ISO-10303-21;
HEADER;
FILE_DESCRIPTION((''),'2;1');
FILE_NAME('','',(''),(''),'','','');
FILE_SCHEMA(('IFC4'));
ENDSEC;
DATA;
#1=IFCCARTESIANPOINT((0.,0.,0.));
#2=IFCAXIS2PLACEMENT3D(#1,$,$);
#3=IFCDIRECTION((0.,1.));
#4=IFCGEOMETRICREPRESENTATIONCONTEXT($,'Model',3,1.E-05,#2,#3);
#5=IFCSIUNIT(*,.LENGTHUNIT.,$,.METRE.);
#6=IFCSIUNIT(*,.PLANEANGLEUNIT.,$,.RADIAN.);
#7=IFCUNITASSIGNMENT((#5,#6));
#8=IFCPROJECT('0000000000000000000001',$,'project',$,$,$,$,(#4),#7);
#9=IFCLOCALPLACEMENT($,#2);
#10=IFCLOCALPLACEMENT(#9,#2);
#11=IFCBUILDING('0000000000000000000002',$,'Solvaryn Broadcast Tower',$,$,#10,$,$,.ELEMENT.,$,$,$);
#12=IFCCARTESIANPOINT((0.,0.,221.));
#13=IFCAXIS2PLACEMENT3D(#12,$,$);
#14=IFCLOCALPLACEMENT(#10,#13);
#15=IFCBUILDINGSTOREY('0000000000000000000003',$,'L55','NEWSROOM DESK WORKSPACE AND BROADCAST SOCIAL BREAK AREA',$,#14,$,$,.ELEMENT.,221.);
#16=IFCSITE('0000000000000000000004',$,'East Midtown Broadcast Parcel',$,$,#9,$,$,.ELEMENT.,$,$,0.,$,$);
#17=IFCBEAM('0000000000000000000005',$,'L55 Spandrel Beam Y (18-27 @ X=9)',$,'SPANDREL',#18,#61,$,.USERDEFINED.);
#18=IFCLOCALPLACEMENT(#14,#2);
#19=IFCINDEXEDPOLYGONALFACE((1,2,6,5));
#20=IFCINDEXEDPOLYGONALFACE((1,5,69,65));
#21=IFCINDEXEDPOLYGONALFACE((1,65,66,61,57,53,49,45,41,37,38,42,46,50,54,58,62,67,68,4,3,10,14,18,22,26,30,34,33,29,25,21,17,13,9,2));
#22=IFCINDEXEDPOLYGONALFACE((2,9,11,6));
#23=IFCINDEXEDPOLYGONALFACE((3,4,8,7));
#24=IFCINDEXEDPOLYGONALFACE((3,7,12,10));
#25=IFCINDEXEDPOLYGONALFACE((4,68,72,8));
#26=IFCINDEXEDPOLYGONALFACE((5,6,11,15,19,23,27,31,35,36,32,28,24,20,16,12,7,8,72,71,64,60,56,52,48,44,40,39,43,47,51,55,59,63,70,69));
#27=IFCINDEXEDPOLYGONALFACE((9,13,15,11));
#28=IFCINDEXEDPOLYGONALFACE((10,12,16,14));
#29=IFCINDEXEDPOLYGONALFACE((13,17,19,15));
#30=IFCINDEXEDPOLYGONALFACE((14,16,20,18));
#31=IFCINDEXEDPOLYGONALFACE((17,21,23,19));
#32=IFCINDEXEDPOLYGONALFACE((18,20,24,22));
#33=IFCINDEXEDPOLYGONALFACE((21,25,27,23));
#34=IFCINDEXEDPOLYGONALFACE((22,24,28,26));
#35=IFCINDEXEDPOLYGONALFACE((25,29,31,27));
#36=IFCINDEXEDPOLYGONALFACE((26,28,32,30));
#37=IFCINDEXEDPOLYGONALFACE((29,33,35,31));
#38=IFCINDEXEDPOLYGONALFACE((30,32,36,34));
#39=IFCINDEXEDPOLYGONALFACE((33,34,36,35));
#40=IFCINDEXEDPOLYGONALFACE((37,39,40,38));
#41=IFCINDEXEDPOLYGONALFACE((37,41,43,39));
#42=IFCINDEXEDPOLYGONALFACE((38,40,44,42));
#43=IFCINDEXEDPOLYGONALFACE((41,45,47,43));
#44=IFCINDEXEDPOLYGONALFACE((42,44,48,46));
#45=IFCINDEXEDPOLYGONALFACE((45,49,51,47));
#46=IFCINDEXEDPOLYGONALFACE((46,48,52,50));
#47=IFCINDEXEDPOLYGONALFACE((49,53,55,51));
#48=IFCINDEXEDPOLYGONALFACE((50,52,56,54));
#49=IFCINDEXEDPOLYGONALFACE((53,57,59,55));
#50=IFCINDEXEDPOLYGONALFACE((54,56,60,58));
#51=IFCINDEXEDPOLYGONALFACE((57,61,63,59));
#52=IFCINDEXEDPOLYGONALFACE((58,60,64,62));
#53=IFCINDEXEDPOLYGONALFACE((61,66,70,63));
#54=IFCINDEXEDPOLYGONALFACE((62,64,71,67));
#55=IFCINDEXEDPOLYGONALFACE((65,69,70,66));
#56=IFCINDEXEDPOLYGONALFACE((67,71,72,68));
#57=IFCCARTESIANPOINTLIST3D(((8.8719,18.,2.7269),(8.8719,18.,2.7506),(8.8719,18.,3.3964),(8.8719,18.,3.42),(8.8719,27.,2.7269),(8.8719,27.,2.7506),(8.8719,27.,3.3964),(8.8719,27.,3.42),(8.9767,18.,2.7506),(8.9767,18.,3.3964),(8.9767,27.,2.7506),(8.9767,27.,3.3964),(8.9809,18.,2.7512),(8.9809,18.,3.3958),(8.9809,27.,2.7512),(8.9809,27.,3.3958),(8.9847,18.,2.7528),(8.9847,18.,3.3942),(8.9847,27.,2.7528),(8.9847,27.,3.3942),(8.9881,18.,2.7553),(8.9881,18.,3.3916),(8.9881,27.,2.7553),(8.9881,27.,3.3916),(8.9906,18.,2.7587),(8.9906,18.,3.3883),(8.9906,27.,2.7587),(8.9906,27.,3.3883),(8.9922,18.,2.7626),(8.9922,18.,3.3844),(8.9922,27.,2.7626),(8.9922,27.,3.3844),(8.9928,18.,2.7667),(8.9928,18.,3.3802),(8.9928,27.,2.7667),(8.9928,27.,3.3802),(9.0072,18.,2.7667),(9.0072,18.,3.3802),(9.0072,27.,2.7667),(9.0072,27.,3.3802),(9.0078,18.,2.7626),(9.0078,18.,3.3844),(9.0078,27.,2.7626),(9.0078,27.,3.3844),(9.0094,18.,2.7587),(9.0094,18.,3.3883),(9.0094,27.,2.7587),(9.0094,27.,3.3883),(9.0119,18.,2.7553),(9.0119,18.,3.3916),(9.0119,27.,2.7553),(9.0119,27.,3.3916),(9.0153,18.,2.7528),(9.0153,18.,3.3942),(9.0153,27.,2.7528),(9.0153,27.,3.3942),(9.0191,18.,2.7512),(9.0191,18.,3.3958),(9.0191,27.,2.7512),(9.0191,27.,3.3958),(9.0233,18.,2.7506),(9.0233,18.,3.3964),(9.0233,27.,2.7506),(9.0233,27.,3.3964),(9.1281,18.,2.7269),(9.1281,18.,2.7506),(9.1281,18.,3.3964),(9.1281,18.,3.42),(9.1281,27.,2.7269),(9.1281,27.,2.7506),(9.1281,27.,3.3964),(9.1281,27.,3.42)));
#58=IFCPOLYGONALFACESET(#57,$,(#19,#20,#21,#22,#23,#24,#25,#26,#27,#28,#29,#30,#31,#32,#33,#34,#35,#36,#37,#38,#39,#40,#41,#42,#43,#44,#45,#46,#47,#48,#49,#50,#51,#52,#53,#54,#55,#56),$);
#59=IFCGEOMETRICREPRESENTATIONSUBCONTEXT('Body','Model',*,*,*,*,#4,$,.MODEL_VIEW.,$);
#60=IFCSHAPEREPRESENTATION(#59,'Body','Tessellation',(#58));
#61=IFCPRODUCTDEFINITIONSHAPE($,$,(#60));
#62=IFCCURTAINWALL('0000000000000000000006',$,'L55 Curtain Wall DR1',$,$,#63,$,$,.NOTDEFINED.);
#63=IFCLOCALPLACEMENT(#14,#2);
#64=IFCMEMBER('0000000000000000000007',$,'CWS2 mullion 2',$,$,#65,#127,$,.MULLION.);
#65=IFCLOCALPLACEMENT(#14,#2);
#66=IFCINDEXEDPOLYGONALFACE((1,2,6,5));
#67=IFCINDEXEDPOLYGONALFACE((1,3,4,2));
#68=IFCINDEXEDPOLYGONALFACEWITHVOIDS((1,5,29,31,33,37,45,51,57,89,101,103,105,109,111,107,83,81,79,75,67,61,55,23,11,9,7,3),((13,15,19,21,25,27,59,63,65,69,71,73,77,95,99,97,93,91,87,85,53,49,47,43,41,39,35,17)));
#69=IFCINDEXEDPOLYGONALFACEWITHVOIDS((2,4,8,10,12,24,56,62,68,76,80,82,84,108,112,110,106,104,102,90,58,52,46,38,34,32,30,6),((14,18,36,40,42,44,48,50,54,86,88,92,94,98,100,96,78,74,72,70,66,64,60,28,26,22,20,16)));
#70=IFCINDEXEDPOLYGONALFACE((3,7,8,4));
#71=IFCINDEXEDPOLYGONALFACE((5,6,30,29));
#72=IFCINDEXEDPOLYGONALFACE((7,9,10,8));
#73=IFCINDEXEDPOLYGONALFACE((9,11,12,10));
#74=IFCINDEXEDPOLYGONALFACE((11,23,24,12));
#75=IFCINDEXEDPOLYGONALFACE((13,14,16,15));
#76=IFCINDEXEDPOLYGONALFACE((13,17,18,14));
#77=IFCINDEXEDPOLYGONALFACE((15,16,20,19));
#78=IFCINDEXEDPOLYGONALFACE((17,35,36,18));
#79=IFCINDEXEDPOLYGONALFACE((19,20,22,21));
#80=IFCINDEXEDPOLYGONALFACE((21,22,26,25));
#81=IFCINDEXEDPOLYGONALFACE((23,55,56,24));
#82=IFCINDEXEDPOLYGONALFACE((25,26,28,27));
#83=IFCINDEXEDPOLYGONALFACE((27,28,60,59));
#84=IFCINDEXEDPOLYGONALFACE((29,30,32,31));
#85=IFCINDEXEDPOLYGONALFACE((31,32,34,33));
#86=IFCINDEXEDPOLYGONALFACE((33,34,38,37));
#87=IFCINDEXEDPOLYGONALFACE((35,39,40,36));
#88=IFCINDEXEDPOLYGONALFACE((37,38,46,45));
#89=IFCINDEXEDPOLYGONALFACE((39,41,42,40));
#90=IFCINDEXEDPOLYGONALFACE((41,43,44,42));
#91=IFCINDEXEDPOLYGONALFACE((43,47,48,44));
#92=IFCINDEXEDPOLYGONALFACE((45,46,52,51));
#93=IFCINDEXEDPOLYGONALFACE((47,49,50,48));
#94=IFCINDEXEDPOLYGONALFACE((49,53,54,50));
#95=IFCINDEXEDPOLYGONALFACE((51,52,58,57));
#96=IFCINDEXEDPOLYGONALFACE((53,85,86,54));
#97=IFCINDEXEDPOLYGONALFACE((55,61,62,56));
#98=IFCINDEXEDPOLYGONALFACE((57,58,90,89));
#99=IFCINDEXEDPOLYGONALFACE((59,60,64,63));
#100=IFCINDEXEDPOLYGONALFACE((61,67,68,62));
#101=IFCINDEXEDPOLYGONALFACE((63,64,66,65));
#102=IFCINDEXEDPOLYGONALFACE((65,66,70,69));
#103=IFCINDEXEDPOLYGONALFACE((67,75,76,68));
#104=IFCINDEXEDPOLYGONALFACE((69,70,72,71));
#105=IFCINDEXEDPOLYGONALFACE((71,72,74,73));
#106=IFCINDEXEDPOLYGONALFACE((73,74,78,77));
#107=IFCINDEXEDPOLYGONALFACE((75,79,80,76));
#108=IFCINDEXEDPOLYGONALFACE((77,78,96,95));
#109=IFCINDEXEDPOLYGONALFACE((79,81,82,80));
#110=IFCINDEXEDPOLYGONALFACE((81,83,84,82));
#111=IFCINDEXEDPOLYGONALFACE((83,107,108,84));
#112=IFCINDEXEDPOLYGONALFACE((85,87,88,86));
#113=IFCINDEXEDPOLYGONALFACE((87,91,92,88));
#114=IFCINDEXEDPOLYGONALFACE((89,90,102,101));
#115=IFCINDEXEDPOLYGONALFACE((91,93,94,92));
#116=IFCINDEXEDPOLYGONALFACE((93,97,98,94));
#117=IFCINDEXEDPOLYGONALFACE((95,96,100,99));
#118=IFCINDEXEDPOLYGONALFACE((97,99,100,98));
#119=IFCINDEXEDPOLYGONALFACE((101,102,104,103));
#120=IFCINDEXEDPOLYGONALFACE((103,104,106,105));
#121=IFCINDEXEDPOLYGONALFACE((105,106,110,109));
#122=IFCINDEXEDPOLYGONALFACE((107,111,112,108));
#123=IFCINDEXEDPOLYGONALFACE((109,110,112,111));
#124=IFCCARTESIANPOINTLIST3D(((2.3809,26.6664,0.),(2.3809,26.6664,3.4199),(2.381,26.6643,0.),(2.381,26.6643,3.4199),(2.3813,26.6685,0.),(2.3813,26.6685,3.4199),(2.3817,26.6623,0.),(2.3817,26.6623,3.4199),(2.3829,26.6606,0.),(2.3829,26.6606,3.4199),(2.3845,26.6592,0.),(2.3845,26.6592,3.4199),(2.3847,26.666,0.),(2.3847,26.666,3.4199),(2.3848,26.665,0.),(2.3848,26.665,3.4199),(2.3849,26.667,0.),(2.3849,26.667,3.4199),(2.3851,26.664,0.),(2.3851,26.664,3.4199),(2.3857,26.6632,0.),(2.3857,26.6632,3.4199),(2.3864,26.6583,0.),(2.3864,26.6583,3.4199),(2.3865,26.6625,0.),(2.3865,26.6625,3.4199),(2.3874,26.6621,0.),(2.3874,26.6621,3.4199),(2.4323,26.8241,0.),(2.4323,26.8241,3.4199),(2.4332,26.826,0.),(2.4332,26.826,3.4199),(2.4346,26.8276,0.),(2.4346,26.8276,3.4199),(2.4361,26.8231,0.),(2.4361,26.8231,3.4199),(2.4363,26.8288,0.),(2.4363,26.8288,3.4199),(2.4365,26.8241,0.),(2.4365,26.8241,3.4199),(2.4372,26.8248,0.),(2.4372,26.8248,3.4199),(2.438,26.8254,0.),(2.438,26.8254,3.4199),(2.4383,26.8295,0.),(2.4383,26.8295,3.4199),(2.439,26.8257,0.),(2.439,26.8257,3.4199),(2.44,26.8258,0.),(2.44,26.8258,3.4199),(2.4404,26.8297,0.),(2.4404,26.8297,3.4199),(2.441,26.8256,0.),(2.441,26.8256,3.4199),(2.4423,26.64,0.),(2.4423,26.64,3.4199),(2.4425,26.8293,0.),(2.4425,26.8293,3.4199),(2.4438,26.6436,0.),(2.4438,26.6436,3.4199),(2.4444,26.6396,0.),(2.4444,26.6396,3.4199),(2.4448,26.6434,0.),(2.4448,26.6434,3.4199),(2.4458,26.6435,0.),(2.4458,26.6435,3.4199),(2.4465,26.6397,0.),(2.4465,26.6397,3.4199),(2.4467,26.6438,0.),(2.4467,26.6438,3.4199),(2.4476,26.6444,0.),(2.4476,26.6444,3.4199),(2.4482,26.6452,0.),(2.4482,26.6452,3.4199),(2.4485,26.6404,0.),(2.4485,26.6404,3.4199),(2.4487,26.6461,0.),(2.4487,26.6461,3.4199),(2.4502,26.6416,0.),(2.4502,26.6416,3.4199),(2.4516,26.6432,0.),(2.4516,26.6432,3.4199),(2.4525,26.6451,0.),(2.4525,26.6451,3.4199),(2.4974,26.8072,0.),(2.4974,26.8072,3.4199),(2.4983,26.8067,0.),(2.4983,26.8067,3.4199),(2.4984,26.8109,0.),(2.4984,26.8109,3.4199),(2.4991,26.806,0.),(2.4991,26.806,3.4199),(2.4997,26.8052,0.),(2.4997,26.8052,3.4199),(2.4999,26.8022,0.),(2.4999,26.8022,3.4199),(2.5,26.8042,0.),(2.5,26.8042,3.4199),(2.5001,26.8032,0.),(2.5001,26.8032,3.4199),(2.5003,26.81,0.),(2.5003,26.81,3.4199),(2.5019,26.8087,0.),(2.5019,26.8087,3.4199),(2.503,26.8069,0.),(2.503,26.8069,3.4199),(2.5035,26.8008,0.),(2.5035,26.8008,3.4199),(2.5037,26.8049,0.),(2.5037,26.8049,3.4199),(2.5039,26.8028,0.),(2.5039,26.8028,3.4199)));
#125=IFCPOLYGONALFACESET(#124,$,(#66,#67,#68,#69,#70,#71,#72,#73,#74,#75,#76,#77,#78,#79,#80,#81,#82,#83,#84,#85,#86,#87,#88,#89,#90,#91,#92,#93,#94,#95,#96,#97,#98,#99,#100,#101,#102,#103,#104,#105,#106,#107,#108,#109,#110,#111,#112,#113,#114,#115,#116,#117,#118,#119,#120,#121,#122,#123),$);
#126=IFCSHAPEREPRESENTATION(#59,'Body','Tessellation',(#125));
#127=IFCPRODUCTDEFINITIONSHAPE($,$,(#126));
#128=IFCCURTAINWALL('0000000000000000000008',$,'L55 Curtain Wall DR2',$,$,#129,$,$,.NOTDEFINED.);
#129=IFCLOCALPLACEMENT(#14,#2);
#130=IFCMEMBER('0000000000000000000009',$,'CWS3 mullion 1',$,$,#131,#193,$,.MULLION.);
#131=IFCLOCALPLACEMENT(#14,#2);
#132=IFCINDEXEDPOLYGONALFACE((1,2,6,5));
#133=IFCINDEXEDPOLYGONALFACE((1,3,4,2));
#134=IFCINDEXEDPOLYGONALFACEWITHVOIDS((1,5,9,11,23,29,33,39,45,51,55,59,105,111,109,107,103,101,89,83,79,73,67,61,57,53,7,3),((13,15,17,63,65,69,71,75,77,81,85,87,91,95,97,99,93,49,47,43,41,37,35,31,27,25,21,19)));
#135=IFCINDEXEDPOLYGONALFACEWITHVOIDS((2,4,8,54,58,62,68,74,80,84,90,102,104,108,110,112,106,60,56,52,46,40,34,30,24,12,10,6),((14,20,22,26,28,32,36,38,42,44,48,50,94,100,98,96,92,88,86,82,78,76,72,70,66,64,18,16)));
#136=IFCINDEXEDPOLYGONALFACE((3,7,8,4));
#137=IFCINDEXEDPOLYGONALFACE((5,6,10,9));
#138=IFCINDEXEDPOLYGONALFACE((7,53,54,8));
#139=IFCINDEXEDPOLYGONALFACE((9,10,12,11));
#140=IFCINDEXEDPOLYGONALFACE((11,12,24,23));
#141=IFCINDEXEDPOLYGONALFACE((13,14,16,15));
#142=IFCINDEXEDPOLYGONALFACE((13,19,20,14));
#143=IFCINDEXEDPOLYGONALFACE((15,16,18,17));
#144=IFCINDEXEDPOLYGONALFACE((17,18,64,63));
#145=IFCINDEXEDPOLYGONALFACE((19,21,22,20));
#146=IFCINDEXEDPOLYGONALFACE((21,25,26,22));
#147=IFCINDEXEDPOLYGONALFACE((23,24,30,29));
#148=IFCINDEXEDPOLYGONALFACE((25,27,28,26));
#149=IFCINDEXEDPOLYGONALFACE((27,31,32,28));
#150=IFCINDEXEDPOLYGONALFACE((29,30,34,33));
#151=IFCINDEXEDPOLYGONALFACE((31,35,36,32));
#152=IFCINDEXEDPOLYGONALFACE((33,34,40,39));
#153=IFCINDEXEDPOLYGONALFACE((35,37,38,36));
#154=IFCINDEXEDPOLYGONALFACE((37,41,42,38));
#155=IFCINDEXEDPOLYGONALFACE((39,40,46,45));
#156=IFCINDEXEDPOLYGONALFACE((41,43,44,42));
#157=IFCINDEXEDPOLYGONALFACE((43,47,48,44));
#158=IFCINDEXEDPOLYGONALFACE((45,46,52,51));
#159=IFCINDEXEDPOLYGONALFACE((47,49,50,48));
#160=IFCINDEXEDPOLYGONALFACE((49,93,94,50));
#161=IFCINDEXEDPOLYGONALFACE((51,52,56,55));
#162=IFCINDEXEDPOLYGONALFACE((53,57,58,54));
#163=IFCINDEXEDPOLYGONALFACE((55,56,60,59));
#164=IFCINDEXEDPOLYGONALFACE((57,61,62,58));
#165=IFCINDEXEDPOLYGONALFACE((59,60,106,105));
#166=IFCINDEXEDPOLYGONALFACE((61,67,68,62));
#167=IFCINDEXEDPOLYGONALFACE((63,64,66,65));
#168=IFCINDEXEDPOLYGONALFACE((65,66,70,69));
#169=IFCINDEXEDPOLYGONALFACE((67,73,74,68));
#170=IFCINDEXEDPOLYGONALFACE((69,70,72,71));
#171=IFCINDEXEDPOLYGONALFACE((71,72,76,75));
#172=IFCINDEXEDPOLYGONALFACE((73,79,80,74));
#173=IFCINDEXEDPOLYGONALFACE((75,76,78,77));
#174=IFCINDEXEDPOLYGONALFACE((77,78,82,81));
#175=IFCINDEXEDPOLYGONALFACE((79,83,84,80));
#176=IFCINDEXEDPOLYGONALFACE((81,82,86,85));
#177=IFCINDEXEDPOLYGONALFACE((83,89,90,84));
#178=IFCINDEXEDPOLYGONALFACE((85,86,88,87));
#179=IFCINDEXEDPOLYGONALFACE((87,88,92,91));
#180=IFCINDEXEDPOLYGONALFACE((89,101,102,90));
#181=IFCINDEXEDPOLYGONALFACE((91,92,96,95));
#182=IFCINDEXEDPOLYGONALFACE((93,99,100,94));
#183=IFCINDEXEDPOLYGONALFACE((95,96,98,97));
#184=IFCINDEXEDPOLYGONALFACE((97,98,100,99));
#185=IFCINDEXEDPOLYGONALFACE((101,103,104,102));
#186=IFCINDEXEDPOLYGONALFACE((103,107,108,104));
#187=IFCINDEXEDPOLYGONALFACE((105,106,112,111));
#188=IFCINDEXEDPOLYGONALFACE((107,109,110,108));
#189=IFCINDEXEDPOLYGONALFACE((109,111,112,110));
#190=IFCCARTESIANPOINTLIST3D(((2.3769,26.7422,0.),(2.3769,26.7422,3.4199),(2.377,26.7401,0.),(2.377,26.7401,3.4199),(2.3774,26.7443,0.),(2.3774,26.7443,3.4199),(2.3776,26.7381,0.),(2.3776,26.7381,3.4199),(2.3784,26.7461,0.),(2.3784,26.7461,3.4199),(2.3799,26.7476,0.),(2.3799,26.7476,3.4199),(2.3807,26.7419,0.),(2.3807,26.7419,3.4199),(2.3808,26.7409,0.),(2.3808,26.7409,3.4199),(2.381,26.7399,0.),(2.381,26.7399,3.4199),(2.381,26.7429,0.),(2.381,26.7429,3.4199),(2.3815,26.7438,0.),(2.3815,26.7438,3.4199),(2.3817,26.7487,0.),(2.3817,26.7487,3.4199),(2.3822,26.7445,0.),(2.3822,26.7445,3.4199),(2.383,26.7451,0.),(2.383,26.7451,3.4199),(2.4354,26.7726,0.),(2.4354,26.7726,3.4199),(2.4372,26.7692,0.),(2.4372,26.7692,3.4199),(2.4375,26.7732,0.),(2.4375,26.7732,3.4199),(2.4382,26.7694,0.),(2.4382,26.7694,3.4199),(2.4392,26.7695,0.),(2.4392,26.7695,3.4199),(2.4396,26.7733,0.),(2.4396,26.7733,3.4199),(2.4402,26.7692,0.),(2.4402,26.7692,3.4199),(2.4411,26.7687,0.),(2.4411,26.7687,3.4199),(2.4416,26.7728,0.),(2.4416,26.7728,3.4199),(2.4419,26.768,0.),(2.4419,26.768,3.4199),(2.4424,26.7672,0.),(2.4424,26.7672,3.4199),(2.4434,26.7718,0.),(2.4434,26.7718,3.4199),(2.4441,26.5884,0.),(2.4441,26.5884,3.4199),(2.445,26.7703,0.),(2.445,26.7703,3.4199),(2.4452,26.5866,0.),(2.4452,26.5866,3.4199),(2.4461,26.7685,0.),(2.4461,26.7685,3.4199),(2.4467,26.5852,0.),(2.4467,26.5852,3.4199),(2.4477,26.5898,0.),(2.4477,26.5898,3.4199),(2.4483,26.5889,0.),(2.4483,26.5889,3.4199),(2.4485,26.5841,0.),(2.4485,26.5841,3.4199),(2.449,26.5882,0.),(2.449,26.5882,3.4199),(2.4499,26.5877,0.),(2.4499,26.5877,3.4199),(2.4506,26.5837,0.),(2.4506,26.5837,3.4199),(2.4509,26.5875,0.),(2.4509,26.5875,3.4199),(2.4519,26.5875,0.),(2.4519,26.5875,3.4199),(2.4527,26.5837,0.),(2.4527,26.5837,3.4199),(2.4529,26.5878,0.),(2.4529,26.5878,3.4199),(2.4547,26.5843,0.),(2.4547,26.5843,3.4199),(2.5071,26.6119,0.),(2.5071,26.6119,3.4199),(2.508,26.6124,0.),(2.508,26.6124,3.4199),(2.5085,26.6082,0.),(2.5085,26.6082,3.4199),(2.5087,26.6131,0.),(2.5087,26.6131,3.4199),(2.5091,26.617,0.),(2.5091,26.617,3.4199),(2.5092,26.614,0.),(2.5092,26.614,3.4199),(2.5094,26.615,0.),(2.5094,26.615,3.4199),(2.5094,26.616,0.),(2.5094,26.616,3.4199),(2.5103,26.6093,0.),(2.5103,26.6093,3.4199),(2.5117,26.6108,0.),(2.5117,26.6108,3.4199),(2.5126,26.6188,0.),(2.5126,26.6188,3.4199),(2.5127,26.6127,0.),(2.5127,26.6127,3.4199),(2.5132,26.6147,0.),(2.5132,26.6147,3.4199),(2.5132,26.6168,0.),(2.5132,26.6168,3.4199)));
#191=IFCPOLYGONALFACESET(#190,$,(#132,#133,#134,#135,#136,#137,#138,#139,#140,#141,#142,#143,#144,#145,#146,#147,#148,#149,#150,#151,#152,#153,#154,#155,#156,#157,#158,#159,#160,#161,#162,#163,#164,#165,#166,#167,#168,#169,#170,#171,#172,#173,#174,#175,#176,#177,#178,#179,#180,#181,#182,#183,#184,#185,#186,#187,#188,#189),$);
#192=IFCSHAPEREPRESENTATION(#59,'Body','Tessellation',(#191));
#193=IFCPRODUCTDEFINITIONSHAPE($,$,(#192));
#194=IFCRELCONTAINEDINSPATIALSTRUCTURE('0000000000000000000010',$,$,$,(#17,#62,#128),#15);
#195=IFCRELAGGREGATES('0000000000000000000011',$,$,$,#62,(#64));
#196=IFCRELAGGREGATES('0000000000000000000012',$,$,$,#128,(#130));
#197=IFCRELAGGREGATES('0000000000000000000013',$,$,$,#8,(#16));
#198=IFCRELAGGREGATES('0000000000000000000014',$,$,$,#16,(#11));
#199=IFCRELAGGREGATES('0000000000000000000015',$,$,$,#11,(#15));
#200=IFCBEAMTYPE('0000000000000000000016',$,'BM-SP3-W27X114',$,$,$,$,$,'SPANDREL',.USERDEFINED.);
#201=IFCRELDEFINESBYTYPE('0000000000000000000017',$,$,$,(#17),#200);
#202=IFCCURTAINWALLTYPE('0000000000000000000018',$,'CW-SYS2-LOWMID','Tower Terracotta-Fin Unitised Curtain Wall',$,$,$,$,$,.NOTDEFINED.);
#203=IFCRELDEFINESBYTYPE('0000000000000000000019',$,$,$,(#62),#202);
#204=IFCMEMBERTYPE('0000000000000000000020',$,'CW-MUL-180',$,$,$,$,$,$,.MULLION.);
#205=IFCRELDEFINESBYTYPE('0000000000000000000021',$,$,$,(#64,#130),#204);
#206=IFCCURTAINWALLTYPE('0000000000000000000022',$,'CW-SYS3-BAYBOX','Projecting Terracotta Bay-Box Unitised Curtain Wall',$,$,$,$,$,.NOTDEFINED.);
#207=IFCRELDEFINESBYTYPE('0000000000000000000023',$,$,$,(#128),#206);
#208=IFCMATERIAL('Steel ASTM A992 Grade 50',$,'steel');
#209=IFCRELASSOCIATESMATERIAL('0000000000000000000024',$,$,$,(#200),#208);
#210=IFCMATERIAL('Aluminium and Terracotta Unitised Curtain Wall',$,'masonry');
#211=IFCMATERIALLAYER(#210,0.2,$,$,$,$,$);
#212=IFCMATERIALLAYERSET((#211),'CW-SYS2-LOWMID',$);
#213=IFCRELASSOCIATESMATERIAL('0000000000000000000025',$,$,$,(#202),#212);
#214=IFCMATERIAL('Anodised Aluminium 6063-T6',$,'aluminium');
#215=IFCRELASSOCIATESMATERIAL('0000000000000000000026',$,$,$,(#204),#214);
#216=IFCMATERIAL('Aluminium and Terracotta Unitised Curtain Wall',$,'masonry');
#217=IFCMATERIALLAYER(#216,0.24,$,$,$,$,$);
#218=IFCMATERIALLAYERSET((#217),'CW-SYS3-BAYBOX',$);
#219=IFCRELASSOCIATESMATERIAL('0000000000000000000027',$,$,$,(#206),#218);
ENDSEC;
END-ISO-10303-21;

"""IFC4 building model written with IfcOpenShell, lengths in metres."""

from ifc_helpers import new_model, si_unit, direction, frame, origin, origin_2d, place, context, subcontext, project, spatial, hollow_rectangle, i_section, extrude, material, layer, layer_set, material_profile, profile_set, type_object, element, aggregate, save


model = new_model("IFC4")

# Units and contexts
model_context = context("Model", 3, precision=1e-05, world=origin(), true_north=direction((0.0, 1.0)))
body_context = subcontext(model_context, "Body", "Model", "MODEL_VIEW")
ifc_project = project(units=[si_unit("LENGTHUNIT", "METRE"), si_unit("PLANEANGLEUNIT", "RADIAN")], contexts=[model_context])

# Site, building, storey
site_placement = place(None, origin())
site = spatial("IfcSite", under=ifc_project, at=site_placement, Name="East Midtown Broadcast Parcel", CompositionType="ELEMENT", RefElevation=0.0)
building_placement = place(site_placement, origin())
building = spatial("IfcBuilding", under=site, at=building_placement, Name="Solvaryn Broadcast Tower", CompositionType="ELEMENT")
storey_placement = place(building_placement, frame((0.0, 0.0, 221.0)))
storey = spatial("IfcBuildingStorey", under=building, at=storey_placement, Name="L55", Description="NEWSROOM DESK WORKSPACE AND BROADCAST SOCIAL BREAK AREA", CompositionType="ELEMENT", Elevation=221.0)

# Beam
ifc_material_1 = material(Name="Steel ASTM A992 Grade 50", Category="steel")
ifc_material_profile_1 = material_profile(ifc_material_1, i_section(OverallWidth=0.2561, OverallDepth=0.6931, WebThickness=0.0144, FlangeThickness=0.0237, FilletRadius=0.0161, at=origin_2d()))
ifc_profile_set_1 = profile_set([ifc_material_profile_1], Name="Steel ASTM A992 Grade 50")
beam_type_1 = type_object("IfcBeamType", Name="BM-SP3-W27X114", ElementType="SPANDREL", PredefinedType="USERDEFINED", material=ifc_profile_set_1)
beam_placement = place(storey_placement, frame((9.0, 18.0, 3.0735), z_axis=(0.0, 1.0, 0.0), x_axis=(-1.0, 0.0, 0.0)))
element("IfcBeam", 1, at=beam_placement, inside=storey, type_object=beam_type_1, Name="L55 Spandrel Beam Y (18-27 @ X=9)", ObjectType="SPANDREL", PredefinedType="USERDEFINED", context=body_context, shape_type="SweptSolid", body=[
    extrude(i_section(OverallWidth=0.2561, OverallDepth=0.6931, WebThickness=0.0144, FlangeThickness=0.0237, FilletRadius=0.0161, at=origin_2d()), origin(), (0.0, 0.0, 1.0), 9.0),
])

# Curtain wall, member
ifc_material_2 = material(Name="Aluminium and Terracotta Unitised Curtain Wall", Category="masonry")
ifc_layer_1 = layer(ifc_material_2, 0.2)
ifc_layer_set_1 = layer_set([ifc_layer_1], Name="CW-SYS2-LOWMID")
curtain_wall_type_1 = type_object("IfcCurtainWallType", Name="CW-SYS2-LOWMID", Description="Tower Terracotta-Fin Unitised Curtain Wall", PredefinedType="NOTDEFINED", material=ifc_layer_set_1)
curtain_wall_1_placement = place(storey_placement, origin())
curtain_wall_1 = element("IfcCurtainWall", 2, at=curtain_wall_1_placement, inside=storey, type_object=curtain_wall_type_1, Name="L55 Curtain Wall DR1", PredefinedType="NOTDEFINED")
ifc_material_3 = material(Name="Anodised Aluminium 6063-T6", Category="aluminium")
ifc_material_profile_2 = material_profile(ifc_material_3, hollow_rectangle(XDim=0.075, YDim=0.1799, WallThickness=0.0039, InnerFilletRadius=0.0039, OuterFilletRadius=0.0081, at=origin_2d()))
ifc_profile_set_2 = profile_set([ifc_material_profile_2], Name="Anodised Aluminium 6063-T6")
member_type_1 = type_object("IfcMemberType", Name="CW-MUL-180", PredefinedType="MULLION", material=ifc_profile_set_2)
member_1_placement = place(storey_placement, frame((2.4424, 26.7346, 0.0), z_axis=(0.0, 0.0, 1.0), x_axis=(0.950227, -0.311559, 0.0)))
member_1 = element("IfcMember", 3, at=member_1_placement, type_object=member_type_1, Name="CWS2 mullion 2", PredefinedType="MULLION", context=body_context, shape_type="SweptSolid", body=[
    extrude(hollow_rectangle(XDim=0.075, YDim=0.1799, WallThickness=0.0039, InnerFilletRadius=0.0039, OuterFilletRadius=0.0081, at=origin_2d()), origin(), (0.0, 0.0, 1.0), 3.4199),
])
aggregate(curtain_wall_1, [member_1])

# Curtain wall, member
ifc_material_4 = material(Name="Aluminium and Terracotta Unitised Curtain Wall", Category="masonry")
ifc_layer_2 = layer(ifc_material_4, 0.24)
ifc_layer_set_2 = layer_set([ifc_layer_2], Name="CW-SYS3-BAYBOX")
curtain_wall_type_2 = type_object("IfcCurtainWallType", Name="CW-SYS3-BAYBOX", Description="Projecting Terracotta Bay-Box Unitised Curtain Wall", PredefinedType="NOTDEFINED", material=ifc_layer_set_2)
curtain_wall_2_placement = place(storey_placement, origin())
curtain_wall_2 = element("IfcCurtainWall", 4, at=curtain_wall_2_placement, inside=storey, type_object=curtain_wall_type_2, Name="L55 Curtain Wall DR2", PredefinedType="NOTDEFINED")
member_2_placement = place(storey_placement, frame((2.4451, 26.6785, 0.0), z_axis=(0.0, 0.0, 1.0), x_axis=(0.913917, 0.405901, 0.0)))
member_2 = element("IfcMember", 5, at=member_2_placement, type_object=member_type_1, Name="CWS3 mullion 1", PredefinedType="MULLION", context=body_context, shape_type="SweptSolid", body=[
    extrude(hollow_rectangle(XDim=0.075, YDim=0.1799, WallThickness=0.0039, InnerFilletRadius=0.0039, OuterFilletRadius=0.0081, at=origin_2d()), origin(), (0.0, 0.0, 1.0), 3.4199),
])
aggregate(curtain_wall_2, [member_2])

save(model, "model.ifc")
